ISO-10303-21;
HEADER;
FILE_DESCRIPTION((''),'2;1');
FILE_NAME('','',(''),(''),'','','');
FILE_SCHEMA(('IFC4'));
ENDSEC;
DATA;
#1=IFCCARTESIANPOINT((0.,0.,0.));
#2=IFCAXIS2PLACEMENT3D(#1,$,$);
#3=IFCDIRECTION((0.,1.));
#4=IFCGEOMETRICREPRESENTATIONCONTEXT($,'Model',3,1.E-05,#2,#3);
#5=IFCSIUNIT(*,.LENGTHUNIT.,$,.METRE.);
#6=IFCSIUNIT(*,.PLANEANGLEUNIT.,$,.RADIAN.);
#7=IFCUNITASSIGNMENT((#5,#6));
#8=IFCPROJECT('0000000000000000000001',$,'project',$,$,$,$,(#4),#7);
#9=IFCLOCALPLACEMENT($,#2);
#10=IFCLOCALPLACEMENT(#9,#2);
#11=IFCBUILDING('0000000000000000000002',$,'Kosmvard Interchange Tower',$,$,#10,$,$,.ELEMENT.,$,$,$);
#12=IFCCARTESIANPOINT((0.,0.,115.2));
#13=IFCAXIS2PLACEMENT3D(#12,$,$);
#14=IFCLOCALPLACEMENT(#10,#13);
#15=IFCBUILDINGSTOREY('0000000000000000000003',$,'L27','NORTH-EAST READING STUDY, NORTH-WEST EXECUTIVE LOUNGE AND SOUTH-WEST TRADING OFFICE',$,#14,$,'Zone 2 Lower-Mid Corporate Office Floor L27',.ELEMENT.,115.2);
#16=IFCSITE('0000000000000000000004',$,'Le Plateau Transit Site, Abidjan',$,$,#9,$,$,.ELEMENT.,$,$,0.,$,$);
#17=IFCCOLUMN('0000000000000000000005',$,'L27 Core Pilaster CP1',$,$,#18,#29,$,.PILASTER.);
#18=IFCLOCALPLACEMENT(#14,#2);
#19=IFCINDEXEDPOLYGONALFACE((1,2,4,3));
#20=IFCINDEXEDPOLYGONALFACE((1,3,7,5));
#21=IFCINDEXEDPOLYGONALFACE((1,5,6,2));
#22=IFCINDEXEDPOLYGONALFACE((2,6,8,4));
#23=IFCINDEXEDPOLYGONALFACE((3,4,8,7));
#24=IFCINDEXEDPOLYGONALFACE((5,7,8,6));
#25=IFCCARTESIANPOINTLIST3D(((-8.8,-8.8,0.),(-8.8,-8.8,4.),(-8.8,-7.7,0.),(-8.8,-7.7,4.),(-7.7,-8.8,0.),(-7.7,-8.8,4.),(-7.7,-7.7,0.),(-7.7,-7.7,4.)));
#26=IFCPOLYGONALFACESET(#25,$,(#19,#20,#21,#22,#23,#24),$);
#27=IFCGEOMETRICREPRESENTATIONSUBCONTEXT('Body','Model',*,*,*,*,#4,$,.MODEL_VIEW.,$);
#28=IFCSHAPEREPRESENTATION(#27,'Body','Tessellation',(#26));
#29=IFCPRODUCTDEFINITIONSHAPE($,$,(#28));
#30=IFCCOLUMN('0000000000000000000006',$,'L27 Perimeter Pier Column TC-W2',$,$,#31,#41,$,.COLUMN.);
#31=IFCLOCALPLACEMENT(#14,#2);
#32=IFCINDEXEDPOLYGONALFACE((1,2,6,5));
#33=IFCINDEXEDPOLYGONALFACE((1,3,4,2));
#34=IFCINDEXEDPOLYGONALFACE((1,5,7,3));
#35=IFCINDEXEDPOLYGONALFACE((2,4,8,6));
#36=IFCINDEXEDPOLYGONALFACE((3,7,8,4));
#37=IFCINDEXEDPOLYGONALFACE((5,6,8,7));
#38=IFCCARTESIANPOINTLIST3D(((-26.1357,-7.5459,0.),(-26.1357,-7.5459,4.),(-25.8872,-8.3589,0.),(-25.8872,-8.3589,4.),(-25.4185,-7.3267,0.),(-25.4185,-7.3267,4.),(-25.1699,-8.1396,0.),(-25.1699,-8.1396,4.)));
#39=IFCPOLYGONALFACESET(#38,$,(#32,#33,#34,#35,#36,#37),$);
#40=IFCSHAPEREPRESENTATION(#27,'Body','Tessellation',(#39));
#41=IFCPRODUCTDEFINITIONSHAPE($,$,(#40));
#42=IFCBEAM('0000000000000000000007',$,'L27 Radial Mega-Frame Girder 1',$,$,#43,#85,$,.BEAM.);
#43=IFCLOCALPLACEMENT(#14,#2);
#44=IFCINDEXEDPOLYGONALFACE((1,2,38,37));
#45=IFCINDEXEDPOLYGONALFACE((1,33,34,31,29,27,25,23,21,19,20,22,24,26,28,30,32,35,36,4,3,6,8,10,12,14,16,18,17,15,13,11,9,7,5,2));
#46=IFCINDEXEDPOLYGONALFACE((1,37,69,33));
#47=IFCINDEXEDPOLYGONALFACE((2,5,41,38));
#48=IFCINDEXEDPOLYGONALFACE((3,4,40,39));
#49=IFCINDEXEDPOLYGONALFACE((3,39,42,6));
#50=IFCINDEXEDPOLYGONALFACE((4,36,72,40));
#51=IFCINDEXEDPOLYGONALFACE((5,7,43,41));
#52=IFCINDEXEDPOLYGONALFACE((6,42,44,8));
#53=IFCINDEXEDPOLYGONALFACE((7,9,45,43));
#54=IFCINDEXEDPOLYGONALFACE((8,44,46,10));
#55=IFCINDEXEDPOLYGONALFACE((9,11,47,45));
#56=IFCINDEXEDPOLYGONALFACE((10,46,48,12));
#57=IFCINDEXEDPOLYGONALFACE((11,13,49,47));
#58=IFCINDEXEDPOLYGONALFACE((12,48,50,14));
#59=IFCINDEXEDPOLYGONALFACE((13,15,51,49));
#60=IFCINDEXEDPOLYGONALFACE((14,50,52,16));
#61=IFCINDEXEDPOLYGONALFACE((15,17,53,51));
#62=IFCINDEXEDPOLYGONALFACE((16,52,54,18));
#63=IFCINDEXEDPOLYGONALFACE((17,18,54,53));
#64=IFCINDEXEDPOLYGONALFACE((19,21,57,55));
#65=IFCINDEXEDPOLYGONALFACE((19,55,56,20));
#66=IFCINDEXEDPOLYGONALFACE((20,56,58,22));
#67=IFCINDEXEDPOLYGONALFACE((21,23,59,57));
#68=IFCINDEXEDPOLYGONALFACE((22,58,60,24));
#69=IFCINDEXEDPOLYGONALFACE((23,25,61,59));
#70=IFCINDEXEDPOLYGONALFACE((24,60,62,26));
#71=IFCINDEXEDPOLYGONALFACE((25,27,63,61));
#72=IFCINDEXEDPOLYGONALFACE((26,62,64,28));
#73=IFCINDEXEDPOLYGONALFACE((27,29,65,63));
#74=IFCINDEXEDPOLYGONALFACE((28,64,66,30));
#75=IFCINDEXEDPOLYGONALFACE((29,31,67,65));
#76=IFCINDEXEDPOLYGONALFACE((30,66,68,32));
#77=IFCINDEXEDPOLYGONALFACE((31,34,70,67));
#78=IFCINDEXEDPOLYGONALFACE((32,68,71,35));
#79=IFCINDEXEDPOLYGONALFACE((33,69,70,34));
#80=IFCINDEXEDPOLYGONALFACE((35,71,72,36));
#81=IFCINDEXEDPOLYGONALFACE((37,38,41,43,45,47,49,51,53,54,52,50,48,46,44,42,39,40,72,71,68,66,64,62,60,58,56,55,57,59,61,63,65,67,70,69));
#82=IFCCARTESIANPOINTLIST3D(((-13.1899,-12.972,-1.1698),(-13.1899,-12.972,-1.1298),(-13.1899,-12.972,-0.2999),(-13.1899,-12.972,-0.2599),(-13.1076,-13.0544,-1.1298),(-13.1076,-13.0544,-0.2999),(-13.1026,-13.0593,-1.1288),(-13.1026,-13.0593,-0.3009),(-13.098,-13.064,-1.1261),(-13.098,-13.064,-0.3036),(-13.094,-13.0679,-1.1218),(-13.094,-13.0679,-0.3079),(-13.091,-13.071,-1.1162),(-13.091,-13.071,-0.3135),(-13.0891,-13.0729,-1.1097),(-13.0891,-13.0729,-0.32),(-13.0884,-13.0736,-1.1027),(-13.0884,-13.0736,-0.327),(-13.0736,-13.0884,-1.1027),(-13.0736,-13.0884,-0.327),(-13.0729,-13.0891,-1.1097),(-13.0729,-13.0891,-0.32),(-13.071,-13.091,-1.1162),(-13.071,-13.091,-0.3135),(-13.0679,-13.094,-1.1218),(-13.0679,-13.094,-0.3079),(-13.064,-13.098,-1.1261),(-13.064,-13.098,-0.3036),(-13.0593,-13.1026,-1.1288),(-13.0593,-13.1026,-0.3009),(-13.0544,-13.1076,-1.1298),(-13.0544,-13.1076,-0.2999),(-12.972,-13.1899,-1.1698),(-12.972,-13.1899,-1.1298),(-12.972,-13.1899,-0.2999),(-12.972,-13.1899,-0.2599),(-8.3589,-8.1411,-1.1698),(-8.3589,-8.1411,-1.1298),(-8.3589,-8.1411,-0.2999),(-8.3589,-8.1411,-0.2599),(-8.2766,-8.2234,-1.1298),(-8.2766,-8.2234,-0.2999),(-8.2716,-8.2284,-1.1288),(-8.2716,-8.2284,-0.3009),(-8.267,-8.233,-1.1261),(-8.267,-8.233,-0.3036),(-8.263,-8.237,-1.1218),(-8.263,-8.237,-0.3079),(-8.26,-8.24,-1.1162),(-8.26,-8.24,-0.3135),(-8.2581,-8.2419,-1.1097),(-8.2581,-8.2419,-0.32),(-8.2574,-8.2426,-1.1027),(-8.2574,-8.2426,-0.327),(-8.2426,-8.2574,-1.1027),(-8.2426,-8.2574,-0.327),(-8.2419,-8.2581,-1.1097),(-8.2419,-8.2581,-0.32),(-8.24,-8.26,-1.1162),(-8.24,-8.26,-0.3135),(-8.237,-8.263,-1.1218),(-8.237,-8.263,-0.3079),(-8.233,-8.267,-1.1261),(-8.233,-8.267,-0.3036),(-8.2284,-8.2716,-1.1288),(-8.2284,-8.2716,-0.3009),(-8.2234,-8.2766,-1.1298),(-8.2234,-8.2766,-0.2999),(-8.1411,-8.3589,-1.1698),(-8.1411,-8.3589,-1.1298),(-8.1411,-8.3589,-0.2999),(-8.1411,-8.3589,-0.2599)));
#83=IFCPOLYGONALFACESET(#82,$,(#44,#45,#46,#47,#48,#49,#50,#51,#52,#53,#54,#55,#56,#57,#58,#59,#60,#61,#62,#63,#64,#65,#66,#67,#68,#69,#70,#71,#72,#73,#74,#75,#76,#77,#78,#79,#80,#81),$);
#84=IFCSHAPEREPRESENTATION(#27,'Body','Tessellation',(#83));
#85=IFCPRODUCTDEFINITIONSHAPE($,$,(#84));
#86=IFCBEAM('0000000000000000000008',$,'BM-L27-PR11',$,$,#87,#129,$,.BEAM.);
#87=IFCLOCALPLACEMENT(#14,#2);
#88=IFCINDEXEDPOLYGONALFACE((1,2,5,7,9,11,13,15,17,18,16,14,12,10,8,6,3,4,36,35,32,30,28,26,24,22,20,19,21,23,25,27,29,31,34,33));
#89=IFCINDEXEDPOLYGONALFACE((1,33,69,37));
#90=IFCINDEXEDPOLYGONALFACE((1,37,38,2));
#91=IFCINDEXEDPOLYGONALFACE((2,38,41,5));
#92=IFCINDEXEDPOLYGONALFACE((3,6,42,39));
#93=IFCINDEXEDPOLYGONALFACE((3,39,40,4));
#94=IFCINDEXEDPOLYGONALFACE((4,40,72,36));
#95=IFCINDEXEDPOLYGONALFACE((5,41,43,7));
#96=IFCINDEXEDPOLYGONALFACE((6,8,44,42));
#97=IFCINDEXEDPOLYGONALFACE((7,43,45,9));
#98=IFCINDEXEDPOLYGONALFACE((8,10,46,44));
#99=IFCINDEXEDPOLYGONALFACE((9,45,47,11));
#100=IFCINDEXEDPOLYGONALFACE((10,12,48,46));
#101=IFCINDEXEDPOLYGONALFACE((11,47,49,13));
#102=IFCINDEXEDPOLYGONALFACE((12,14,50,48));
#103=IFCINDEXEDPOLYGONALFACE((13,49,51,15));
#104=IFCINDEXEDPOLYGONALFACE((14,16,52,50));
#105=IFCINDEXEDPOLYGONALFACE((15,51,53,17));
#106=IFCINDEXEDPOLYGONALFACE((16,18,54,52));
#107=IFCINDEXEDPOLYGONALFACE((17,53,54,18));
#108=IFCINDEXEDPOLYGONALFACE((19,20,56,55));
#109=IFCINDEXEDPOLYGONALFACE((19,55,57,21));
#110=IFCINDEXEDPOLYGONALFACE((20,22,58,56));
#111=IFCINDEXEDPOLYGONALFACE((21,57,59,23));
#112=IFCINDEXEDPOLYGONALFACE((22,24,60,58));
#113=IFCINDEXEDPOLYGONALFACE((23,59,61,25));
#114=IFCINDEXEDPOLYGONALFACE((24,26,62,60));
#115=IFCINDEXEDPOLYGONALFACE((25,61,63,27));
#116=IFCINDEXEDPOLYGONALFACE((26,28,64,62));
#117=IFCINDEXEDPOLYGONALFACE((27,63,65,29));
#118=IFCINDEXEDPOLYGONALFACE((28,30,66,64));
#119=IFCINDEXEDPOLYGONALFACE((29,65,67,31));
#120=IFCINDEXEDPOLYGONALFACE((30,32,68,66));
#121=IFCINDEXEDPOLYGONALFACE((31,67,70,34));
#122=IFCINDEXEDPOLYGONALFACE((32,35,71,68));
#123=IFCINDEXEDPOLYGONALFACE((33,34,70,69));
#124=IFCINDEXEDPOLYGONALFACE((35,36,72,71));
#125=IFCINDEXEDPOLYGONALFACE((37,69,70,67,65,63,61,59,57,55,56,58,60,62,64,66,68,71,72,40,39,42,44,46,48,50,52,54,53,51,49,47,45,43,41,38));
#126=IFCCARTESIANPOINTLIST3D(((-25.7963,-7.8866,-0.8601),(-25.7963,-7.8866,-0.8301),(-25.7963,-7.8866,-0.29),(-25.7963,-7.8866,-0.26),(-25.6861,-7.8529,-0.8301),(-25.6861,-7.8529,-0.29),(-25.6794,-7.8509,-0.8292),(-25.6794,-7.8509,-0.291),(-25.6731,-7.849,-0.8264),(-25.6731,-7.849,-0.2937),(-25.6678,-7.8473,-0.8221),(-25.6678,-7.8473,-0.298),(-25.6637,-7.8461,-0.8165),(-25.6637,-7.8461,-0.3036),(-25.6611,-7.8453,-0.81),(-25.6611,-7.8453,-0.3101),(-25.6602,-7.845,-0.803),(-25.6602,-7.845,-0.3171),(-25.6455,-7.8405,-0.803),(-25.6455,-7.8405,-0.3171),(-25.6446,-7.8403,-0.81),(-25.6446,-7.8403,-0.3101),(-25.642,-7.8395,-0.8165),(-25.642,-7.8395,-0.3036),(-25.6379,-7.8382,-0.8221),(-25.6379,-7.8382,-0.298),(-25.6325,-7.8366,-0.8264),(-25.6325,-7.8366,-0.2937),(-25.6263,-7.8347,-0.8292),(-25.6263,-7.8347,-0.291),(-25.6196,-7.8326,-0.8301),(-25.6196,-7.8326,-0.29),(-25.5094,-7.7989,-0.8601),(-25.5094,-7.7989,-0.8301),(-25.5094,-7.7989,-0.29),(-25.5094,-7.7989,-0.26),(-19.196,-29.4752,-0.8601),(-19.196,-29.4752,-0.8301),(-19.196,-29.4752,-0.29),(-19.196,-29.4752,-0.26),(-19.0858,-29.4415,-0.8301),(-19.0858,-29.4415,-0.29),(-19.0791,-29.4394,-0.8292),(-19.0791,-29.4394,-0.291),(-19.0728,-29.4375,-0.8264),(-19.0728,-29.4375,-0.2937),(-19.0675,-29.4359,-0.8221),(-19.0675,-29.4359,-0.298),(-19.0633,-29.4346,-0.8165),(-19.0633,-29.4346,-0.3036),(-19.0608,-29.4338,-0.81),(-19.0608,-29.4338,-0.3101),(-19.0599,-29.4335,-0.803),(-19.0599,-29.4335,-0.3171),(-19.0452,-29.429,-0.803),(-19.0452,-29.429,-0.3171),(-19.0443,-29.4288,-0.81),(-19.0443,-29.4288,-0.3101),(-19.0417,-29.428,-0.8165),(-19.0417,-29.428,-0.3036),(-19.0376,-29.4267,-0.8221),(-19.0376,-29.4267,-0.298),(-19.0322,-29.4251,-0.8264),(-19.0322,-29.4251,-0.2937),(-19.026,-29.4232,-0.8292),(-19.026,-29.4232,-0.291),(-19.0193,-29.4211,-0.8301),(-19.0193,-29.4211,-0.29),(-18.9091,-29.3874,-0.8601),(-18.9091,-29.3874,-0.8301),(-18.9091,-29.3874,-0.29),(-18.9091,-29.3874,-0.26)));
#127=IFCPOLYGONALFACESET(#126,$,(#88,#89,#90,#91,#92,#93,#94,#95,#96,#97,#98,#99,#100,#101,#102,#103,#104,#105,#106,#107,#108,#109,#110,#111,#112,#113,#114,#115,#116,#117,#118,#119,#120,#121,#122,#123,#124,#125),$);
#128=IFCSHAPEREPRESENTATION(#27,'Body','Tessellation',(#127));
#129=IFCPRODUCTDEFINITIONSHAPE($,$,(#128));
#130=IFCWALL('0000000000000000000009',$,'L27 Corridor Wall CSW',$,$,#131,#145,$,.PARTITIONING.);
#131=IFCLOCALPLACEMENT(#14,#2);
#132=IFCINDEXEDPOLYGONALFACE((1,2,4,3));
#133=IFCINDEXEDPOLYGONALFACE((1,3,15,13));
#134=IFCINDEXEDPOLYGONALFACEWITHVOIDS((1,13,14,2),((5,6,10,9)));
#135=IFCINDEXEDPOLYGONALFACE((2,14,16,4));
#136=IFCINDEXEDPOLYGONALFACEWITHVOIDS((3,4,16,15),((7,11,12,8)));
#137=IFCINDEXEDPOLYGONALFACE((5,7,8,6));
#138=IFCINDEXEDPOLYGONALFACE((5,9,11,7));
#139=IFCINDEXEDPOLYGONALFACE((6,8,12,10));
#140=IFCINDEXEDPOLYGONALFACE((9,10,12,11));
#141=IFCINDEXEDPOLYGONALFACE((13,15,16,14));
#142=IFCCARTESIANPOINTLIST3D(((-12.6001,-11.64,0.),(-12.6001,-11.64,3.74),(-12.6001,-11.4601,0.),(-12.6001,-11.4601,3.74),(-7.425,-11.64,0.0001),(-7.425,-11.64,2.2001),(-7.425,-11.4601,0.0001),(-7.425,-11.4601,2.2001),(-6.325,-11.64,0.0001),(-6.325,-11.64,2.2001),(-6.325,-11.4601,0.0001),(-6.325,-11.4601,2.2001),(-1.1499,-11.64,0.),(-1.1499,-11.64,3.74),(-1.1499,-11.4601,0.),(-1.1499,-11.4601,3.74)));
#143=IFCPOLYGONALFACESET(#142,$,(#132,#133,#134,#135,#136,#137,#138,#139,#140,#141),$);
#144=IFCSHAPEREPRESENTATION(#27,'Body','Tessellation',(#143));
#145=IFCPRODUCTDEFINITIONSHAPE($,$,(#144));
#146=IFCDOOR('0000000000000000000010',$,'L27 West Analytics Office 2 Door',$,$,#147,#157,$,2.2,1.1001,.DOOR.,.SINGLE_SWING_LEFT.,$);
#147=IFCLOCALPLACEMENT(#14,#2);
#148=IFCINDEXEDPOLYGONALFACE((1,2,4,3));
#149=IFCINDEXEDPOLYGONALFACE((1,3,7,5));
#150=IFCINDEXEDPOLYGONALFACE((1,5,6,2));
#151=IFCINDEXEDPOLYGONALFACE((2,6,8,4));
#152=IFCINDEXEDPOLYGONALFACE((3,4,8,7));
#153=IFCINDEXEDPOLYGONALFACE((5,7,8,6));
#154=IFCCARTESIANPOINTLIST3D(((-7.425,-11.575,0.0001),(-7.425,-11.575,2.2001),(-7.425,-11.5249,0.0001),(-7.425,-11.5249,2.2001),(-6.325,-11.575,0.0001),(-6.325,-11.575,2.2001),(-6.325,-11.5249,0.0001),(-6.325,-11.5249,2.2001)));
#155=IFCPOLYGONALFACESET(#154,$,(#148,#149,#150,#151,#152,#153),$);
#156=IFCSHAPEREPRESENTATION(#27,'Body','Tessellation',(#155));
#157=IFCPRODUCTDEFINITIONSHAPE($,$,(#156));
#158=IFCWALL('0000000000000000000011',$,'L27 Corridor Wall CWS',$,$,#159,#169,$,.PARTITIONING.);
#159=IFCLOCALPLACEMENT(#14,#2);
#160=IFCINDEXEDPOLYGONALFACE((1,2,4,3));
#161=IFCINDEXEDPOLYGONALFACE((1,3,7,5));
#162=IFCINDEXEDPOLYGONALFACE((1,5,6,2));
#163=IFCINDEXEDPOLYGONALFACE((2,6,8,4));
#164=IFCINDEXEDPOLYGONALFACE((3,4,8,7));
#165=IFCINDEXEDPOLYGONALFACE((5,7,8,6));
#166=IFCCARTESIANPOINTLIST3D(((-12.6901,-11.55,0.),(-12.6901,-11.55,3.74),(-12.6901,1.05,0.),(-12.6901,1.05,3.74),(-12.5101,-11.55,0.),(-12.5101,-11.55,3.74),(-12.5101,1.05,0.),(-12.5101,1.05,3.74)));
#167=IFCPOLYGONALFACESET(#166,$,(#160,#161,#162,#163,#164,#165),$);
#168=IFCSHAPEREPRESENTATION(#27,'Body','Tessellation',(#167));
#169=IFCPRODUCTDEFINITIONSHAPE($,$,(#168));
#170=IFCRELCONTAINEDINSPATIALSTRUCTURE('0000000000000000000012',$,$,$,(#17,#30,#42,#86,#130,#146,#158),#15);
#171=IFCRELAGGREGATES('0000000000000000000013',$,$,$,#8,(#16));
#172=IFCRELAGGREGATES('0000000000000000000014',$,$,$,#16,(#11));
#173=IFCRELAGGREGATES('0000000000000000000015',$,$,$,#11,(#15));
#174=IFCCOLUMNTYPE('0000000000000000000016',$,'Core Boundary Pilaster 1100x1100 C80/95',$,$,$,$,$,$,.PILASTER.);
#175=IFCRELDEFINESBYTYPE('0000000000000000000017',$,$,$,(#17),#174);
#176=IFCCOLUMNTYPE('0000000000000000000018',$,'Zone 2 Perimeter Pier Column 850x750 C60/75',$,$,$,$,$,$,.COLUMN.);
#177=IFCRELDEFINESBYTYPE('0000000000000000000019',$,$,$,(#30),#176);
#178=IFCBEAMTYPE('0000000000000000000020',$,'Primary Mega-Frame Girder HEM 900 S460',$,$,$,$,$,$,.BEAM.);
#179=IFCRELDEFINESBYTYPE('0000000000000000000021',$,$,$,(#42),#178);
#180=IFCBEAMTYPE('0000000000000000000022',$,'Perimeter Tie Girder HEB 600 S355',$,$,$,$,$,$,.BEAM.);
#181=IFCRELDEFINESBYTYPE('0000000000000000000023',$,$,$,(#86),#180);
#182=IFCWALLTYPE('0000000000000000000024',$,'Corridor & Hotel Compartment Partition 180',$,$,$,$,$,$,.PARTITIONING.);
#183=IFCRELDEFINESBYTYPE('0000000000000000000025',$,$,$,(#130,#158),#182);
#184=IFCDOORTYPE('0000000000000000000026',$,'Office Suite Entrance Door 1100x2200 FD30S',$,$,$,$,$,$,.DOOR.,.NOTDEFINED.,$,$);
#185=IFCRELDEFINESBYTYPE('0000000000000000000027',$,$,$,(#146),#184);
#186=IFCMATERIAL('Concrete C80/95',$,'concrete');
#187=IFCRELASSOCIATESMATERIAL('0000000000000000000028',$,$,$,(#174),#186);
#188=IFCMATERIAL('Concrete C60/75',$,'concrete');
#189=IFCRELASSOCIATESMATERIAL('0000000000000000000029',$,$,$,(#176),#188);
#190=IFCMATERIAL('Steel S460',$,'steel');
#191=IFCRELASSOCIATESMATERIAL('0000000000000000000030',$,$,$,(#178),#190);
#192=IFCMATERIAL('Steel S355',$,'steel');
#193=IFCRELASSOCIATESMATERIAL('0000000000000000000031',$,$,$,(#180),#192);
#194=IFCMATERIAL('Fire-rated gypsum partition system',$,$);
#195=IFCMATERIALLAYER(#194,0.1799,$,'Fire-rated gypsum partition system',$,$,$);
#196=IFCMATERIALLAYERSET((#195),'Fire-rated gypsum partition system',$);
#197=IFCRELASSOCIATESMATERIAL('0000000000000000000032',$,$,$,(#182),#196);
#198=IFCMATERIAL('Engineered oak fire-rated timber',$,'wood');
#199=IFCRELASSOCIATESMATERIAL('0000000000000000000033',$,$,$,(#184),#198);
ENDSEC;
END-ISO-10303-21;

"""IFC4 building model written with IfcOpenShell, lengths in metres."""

from ifc_helpers import new_model, si_unit, direction, frame, frame_2d, origin, origin_2d, place, context, subcontext, project, spatial, rectangle, i_section, extrude, source, transform, mapped, material, layer, layer_set, material_profile, profile_set, type_object, element, fill, save


model = new_model("IFC4")

# Units and contexts
model_context = context("Model", 3, precision=1e-05, world=origin(), true_north=direction((0.0, 1.0)))
body_context = subcontext(model_context, "Body", "Model", "MODEL_VIEW")
ifc_project = project(units=[si_unit("LENGTHUNIT", "METRE"), si_unit("PLANEANGLEUNIT", "RADIAN")], contexts=[model_context])

# Site, building, storey
site_placement = place(None, origin())
site = spatial("IfcSite", under=ifc_project, at=site_placement, Name="Le Plateau Transit Site, Abidjan", CompositionType="ELEMENT", RefElevation=0.0)
building_placement = place(site_placement, origin())
building = spatial("IfcBuilding", under=site, at=building_placement, Name="Kosmvard Interchange Tower", CompositionType="ELEMENT")
storey_placement = place(building_placement, frame((0.0, 0.0, 115.2)))
storey = spatial("IfcBuildingStorey", under=building, at=storey_placement, Name="L27", Description="NORTH-EAST READING STUDY, NORTH-WEST EXECUTIVE LOUNGE AND SOUTH-WEST TRADING OFFICE", LongName="Zone 2 Lower-Mid Corporate Office Floor L27", CompositionType="ELEMENT", Elevation=115.2)

# Columns
ifc_material_1 = material(Name="Concrete C80/95", Category="concrete")
ifc_material_profile_1 = material_profile(ifc_material_1, rectangle(XDim=1.1001, YDim=1.1001, at=origin_2d()), Name="CP 1100x1100")
ifc_profile_set_1 = profile_set([ifc_material_profile_1], Name="Concrete C80/95")
column_type_1 = type_object("IfcColumnType", Name="Core Boundary Pilaster 1100x1100 C80/95", PredefinedType="PILASTER", material=ifc_profile_set_1)
shared_shape_1 = source(origin(), body_context, "Body", "SweptSolid", [
    extrude(rectangle(XDim=1.1001, YDim=1.1001, at=origin_2d()), origin(), (0.0, 0.0, 1.0), 4.0),
])
column_1_placement = place(storey_placement, frame((-8.25, -8.25, 0.0), z_axis=(0.0, 0.0, 1.0), x_axis=(1.0, 0.0, 0.0)))
element("IfcColumn", 1, at=column_1_placement, inside=storey, type_object=column_type_1, Name="L27 Core Pilaster CP1", PredefinedType="PILASTER", context=body_context, shape_type="MappedRepresentation", body=[
    mapped(shared_shape_1, transform((0.0, 0.0, 0.0), scale=1.0)),
])
ifc_material_2 = material(Name="Concrete C60/75", Category="concrete")
ifc_material_profile_2 = material_profile(ifc_material_2, rectangle(XDim=0.75, YDim=0.8501, at=origin_2d()), Name="TC 850x750")
ifc_profile_set_2 = profile_set([ifc_material_profile_2], Name="Concrete C60/75")
column_type_2 = type_object("IfcColumnType", Name="Zone 2 Perimeter Pier Column 850x750 C60/75", PredefinedType="COLUMN", material=ifc_profile_set_2)
shared_shape_2 = source(origin(), body_context, "Body", "SweptSolid", [
    extrude(rectangle(XDim=0.75, YDim=0.8501, at=origin_2d()), origin(), (0.0, 0.0, 1.0), 4.0),
])
column_2_placement = place(storey_placement, frame((-25.6528, -7.8428, 0.0), z_axis=(0.0, 0.0, 1.0), x_axis=(0.956305, 0.292372, 0.0)))
element("IfcColumn", 2, at=column_2_placement, inside=storey, type_object=column_type_2, Name="L27 Perimeter Pier Column TC-W2", PredefinedType="COLUMN", context=body_context, shape_type="MappedRepresentation", body=[
    mapped(shared_shape_2, transform((0.0, 0.0, 0.0), scale=1.0)),
])

# Beams
ifc_material_3 = material(Name="Steel S460", Category="steel")
ifc_material_profile_3 = material_profile(ifc_material_3, i_section(OverallWidth=0.3081, OverallDepth=0.9099, WebThickness=0.021, FlangeThickness=0.04, FilletRadius=0.0271, at=origin_2d()), Name="HEM 900")
ifc_profile_set_3 = profile_set([ifc_material_profile_3], Name="Steel S460")
beam_type_1 = type_object("IfcBeamType", Name="Primary Mega-Frame Girder HEM 900 S460", PredefinedType="BEAM", material=ifc_profile_set_3)
shared_shape_3 = source(origin(), body_context, "Body", "SweptSolid", [
    extrude(i_section(OverallWidth=0.3081, OverallDepth=0.9099, WebThickness=0.021, FlangeThickness=0.04, FilletRadius=0.0271, at=origin_2d()), origin(), (0.0, 0.0, 1.0), 6.832),
])
beam_1_placement = place(storey_placement, frame((-8.25, -8.25, -0.7148), z_axis=(-0.707107, -0.707107, 0.0), x_axis=(0.707107, -0.707107, 0.0)))
element("IfcBeam", 3, at=beam_1_placement, inside=storey, type_object=beam_type_1, Name="L27 Radial Mega-Frame Girder 1", PredefinedType="BEAM", context=body_context, shape_type="MappedRepresentation", body=[
    mapped(shared_shape_3, transform((0.0, 0.0, 0.0), scale=1.0)),
])
ifc_material_4 = material(Name="Steel S355", Category="steel")
ifc_material_profile_4 = material_profile(ifc_material_4, i_section(OverallWidth=0.3, OverallDepth=0.6001, WebThickness=0.0154, FlangeThickness=0.03, FilletRadius=0.0271, at=origin_2d()), Name="HEB 600")
ifc_profile_set_4 = profile_set([ifc_material_profile_4], Name="Steel S355")
beam_type_2 = type_object("IfcBeamType", Name="Perimeter Tie Girder HEB 600 S355", PredefinedType="BEAM", material=ifc_profile_set_4)
shared_shape_4 = source(origin(), body_context, "Body", "SweptSolid", [
    extrude(i_section(OverallWidth=0.3, OverallDepth=0.6001, WebThickness=0.0154, FlangeThickness=0.03, FilletRadius=0.0271, at=origin_2d()), origin(), (0.0, 0.0, 1.0), 22.575),
])
beam_2_placement = place(storey_placement, frame((-25.6528, -7.8428, -0.5601), z_axis=(0.292373, -0.956304, 0.0), x_axis=(0.956304, 0.292373, 0.0)))
element("IfcBeam", 4, at=beam_2_placement, inside=storey, type_object=beam_type_2, Name="BM-L27-PR11", PredefinedType="BEAM", context=body_context, shape_type="MappedRepresentation", body=[
    mapped(shared_shape_4, transform((0.0, 0.0, 0.0), scale=1.0)),
])

# Wall, opening, door
ifc_material_5 = material(Name="Fire-rated gypsum partition system")
ifc_layer_1 = layer(ifc_material_5, 0.1799, Name="Fire-rated gypsum partition system")
ifc_layer_set_1 = layer_set([ifc_layer_1], Name="Fire-rated gypsum partition system")
wall_type_1 = type_object("IfcWallType", Name="Corridor & Hotel Compartment Partition 180", PredefinedType="PARTITIONING", material=ifc_layer_set_1)
wall_1_placement = place(storey_placement, frame((-12.6001, -11.55, 0.0), z_axis=(0.0, 0.0, 1.0), x_axis=(1.0, 0.0, 0.0)))
wall_1 = element("IfcWall", 5, at=wall_1_placement, inside=storey, type_object=wall_type_1, Name="L27 Corridor Wall CSW", PredefinedType="PARTITIONING", context=body_context, shape_type="SweptSolid", body=[
    extrude(rectangle(XDim=11.4502, YDim=0.1799, at=frame_2d((5.7251, 0.0))), origin(), (0.0, 0.0, 1.0), 3.74),
])
opening_1_placement = place(wall_1_placement, frame((5.175, 0.0, 0.0)))
opening_1 = element("IfcOpeningElement", 6, at=opening_1_placement, cuts=wall_1, PredefinedType="OPENING", context=body_context, shape_type="SweptSolid", body=[
    extrude(rectangle(XDim=1.1001, YDim=2.2, at=frame_2d((0.55, 1.1001))), frame((0.0, 0.1001, 0.0), z_axis=(0.0, -1.0, 0.0), x_axis=(1.0, 0.0, 0.0)), (0.0, 0.0, 1.0), 0.2),
])
ifc_material_6 = material(Name="Engineered oak fire-rated timber", Category="wood")
door_type_1 = type_object("IfcDoorType", Name="Office Suite Entrance Door 1100x2200 FD30S", OperationType="NOTDEFINED", PredefinedType="DOOR", material=ifc_material_6)
shared_shape_5 = source(origin(), body_context, "Body", "SweptSolid", [
    extrude(rectangle(XDim=1.1001, YDim=2.2, at=frame_2d((0.55, 1.1001))), frame((0.0, 0.0249, 0.0), z_axis=(0.0, -1.0, 0.0), x_axis=(1.0, 0.0, 0.0)), (0.0, 0.0, 1.0), 0.05),
])
door_1_placement = place(opening_1_placement, frame((1.1001, 0.0, 0.0), z_axis=(0.0, 0.0, 1.0), x_axis=(-1.0, 0.0, 0.0)))
door_1 = element("IfcDoor", 7, at=door_1_placement, inside=storey, type_object=door_type_1, Name="L27 West Analytics Office 2 Door", OperationType="SINGLE_SWING_LEFT", OverallHeight=2.2, OverallWidth=1.1001, PredefinedType="DOOR", context=body_context, shape_type="MappedRepresentation", body=[
    mapped(shared_shape_5, transform((0.0, 0.0, 0.0), scale=1.0)),
])
fill(opening_1, door_1)

# Wall
wall_2_placement = place(storey_placement, frame((-12.6001, -11.55, 0.0), z_axis=(0.0, 0.0, 1.0), x_axis=(0.0, 1.0, 0.0)))
element("IfcWall", 8, at=wall_2_placement, inside=storey, type_object=wall_type_1, Name="L27 Corridor Wall CWS", PredefinedType="PARTITIONING", context=body_context, shape_type="SweptSolid", body=[
    extrude(rectangle(XDim=12.6001, YDim=0.1799, at=frame_2d((6.3, 0.0))), origin(), (0.0, 0.0, 1.0), 3.74),
])

save(model, "model.ifc")
